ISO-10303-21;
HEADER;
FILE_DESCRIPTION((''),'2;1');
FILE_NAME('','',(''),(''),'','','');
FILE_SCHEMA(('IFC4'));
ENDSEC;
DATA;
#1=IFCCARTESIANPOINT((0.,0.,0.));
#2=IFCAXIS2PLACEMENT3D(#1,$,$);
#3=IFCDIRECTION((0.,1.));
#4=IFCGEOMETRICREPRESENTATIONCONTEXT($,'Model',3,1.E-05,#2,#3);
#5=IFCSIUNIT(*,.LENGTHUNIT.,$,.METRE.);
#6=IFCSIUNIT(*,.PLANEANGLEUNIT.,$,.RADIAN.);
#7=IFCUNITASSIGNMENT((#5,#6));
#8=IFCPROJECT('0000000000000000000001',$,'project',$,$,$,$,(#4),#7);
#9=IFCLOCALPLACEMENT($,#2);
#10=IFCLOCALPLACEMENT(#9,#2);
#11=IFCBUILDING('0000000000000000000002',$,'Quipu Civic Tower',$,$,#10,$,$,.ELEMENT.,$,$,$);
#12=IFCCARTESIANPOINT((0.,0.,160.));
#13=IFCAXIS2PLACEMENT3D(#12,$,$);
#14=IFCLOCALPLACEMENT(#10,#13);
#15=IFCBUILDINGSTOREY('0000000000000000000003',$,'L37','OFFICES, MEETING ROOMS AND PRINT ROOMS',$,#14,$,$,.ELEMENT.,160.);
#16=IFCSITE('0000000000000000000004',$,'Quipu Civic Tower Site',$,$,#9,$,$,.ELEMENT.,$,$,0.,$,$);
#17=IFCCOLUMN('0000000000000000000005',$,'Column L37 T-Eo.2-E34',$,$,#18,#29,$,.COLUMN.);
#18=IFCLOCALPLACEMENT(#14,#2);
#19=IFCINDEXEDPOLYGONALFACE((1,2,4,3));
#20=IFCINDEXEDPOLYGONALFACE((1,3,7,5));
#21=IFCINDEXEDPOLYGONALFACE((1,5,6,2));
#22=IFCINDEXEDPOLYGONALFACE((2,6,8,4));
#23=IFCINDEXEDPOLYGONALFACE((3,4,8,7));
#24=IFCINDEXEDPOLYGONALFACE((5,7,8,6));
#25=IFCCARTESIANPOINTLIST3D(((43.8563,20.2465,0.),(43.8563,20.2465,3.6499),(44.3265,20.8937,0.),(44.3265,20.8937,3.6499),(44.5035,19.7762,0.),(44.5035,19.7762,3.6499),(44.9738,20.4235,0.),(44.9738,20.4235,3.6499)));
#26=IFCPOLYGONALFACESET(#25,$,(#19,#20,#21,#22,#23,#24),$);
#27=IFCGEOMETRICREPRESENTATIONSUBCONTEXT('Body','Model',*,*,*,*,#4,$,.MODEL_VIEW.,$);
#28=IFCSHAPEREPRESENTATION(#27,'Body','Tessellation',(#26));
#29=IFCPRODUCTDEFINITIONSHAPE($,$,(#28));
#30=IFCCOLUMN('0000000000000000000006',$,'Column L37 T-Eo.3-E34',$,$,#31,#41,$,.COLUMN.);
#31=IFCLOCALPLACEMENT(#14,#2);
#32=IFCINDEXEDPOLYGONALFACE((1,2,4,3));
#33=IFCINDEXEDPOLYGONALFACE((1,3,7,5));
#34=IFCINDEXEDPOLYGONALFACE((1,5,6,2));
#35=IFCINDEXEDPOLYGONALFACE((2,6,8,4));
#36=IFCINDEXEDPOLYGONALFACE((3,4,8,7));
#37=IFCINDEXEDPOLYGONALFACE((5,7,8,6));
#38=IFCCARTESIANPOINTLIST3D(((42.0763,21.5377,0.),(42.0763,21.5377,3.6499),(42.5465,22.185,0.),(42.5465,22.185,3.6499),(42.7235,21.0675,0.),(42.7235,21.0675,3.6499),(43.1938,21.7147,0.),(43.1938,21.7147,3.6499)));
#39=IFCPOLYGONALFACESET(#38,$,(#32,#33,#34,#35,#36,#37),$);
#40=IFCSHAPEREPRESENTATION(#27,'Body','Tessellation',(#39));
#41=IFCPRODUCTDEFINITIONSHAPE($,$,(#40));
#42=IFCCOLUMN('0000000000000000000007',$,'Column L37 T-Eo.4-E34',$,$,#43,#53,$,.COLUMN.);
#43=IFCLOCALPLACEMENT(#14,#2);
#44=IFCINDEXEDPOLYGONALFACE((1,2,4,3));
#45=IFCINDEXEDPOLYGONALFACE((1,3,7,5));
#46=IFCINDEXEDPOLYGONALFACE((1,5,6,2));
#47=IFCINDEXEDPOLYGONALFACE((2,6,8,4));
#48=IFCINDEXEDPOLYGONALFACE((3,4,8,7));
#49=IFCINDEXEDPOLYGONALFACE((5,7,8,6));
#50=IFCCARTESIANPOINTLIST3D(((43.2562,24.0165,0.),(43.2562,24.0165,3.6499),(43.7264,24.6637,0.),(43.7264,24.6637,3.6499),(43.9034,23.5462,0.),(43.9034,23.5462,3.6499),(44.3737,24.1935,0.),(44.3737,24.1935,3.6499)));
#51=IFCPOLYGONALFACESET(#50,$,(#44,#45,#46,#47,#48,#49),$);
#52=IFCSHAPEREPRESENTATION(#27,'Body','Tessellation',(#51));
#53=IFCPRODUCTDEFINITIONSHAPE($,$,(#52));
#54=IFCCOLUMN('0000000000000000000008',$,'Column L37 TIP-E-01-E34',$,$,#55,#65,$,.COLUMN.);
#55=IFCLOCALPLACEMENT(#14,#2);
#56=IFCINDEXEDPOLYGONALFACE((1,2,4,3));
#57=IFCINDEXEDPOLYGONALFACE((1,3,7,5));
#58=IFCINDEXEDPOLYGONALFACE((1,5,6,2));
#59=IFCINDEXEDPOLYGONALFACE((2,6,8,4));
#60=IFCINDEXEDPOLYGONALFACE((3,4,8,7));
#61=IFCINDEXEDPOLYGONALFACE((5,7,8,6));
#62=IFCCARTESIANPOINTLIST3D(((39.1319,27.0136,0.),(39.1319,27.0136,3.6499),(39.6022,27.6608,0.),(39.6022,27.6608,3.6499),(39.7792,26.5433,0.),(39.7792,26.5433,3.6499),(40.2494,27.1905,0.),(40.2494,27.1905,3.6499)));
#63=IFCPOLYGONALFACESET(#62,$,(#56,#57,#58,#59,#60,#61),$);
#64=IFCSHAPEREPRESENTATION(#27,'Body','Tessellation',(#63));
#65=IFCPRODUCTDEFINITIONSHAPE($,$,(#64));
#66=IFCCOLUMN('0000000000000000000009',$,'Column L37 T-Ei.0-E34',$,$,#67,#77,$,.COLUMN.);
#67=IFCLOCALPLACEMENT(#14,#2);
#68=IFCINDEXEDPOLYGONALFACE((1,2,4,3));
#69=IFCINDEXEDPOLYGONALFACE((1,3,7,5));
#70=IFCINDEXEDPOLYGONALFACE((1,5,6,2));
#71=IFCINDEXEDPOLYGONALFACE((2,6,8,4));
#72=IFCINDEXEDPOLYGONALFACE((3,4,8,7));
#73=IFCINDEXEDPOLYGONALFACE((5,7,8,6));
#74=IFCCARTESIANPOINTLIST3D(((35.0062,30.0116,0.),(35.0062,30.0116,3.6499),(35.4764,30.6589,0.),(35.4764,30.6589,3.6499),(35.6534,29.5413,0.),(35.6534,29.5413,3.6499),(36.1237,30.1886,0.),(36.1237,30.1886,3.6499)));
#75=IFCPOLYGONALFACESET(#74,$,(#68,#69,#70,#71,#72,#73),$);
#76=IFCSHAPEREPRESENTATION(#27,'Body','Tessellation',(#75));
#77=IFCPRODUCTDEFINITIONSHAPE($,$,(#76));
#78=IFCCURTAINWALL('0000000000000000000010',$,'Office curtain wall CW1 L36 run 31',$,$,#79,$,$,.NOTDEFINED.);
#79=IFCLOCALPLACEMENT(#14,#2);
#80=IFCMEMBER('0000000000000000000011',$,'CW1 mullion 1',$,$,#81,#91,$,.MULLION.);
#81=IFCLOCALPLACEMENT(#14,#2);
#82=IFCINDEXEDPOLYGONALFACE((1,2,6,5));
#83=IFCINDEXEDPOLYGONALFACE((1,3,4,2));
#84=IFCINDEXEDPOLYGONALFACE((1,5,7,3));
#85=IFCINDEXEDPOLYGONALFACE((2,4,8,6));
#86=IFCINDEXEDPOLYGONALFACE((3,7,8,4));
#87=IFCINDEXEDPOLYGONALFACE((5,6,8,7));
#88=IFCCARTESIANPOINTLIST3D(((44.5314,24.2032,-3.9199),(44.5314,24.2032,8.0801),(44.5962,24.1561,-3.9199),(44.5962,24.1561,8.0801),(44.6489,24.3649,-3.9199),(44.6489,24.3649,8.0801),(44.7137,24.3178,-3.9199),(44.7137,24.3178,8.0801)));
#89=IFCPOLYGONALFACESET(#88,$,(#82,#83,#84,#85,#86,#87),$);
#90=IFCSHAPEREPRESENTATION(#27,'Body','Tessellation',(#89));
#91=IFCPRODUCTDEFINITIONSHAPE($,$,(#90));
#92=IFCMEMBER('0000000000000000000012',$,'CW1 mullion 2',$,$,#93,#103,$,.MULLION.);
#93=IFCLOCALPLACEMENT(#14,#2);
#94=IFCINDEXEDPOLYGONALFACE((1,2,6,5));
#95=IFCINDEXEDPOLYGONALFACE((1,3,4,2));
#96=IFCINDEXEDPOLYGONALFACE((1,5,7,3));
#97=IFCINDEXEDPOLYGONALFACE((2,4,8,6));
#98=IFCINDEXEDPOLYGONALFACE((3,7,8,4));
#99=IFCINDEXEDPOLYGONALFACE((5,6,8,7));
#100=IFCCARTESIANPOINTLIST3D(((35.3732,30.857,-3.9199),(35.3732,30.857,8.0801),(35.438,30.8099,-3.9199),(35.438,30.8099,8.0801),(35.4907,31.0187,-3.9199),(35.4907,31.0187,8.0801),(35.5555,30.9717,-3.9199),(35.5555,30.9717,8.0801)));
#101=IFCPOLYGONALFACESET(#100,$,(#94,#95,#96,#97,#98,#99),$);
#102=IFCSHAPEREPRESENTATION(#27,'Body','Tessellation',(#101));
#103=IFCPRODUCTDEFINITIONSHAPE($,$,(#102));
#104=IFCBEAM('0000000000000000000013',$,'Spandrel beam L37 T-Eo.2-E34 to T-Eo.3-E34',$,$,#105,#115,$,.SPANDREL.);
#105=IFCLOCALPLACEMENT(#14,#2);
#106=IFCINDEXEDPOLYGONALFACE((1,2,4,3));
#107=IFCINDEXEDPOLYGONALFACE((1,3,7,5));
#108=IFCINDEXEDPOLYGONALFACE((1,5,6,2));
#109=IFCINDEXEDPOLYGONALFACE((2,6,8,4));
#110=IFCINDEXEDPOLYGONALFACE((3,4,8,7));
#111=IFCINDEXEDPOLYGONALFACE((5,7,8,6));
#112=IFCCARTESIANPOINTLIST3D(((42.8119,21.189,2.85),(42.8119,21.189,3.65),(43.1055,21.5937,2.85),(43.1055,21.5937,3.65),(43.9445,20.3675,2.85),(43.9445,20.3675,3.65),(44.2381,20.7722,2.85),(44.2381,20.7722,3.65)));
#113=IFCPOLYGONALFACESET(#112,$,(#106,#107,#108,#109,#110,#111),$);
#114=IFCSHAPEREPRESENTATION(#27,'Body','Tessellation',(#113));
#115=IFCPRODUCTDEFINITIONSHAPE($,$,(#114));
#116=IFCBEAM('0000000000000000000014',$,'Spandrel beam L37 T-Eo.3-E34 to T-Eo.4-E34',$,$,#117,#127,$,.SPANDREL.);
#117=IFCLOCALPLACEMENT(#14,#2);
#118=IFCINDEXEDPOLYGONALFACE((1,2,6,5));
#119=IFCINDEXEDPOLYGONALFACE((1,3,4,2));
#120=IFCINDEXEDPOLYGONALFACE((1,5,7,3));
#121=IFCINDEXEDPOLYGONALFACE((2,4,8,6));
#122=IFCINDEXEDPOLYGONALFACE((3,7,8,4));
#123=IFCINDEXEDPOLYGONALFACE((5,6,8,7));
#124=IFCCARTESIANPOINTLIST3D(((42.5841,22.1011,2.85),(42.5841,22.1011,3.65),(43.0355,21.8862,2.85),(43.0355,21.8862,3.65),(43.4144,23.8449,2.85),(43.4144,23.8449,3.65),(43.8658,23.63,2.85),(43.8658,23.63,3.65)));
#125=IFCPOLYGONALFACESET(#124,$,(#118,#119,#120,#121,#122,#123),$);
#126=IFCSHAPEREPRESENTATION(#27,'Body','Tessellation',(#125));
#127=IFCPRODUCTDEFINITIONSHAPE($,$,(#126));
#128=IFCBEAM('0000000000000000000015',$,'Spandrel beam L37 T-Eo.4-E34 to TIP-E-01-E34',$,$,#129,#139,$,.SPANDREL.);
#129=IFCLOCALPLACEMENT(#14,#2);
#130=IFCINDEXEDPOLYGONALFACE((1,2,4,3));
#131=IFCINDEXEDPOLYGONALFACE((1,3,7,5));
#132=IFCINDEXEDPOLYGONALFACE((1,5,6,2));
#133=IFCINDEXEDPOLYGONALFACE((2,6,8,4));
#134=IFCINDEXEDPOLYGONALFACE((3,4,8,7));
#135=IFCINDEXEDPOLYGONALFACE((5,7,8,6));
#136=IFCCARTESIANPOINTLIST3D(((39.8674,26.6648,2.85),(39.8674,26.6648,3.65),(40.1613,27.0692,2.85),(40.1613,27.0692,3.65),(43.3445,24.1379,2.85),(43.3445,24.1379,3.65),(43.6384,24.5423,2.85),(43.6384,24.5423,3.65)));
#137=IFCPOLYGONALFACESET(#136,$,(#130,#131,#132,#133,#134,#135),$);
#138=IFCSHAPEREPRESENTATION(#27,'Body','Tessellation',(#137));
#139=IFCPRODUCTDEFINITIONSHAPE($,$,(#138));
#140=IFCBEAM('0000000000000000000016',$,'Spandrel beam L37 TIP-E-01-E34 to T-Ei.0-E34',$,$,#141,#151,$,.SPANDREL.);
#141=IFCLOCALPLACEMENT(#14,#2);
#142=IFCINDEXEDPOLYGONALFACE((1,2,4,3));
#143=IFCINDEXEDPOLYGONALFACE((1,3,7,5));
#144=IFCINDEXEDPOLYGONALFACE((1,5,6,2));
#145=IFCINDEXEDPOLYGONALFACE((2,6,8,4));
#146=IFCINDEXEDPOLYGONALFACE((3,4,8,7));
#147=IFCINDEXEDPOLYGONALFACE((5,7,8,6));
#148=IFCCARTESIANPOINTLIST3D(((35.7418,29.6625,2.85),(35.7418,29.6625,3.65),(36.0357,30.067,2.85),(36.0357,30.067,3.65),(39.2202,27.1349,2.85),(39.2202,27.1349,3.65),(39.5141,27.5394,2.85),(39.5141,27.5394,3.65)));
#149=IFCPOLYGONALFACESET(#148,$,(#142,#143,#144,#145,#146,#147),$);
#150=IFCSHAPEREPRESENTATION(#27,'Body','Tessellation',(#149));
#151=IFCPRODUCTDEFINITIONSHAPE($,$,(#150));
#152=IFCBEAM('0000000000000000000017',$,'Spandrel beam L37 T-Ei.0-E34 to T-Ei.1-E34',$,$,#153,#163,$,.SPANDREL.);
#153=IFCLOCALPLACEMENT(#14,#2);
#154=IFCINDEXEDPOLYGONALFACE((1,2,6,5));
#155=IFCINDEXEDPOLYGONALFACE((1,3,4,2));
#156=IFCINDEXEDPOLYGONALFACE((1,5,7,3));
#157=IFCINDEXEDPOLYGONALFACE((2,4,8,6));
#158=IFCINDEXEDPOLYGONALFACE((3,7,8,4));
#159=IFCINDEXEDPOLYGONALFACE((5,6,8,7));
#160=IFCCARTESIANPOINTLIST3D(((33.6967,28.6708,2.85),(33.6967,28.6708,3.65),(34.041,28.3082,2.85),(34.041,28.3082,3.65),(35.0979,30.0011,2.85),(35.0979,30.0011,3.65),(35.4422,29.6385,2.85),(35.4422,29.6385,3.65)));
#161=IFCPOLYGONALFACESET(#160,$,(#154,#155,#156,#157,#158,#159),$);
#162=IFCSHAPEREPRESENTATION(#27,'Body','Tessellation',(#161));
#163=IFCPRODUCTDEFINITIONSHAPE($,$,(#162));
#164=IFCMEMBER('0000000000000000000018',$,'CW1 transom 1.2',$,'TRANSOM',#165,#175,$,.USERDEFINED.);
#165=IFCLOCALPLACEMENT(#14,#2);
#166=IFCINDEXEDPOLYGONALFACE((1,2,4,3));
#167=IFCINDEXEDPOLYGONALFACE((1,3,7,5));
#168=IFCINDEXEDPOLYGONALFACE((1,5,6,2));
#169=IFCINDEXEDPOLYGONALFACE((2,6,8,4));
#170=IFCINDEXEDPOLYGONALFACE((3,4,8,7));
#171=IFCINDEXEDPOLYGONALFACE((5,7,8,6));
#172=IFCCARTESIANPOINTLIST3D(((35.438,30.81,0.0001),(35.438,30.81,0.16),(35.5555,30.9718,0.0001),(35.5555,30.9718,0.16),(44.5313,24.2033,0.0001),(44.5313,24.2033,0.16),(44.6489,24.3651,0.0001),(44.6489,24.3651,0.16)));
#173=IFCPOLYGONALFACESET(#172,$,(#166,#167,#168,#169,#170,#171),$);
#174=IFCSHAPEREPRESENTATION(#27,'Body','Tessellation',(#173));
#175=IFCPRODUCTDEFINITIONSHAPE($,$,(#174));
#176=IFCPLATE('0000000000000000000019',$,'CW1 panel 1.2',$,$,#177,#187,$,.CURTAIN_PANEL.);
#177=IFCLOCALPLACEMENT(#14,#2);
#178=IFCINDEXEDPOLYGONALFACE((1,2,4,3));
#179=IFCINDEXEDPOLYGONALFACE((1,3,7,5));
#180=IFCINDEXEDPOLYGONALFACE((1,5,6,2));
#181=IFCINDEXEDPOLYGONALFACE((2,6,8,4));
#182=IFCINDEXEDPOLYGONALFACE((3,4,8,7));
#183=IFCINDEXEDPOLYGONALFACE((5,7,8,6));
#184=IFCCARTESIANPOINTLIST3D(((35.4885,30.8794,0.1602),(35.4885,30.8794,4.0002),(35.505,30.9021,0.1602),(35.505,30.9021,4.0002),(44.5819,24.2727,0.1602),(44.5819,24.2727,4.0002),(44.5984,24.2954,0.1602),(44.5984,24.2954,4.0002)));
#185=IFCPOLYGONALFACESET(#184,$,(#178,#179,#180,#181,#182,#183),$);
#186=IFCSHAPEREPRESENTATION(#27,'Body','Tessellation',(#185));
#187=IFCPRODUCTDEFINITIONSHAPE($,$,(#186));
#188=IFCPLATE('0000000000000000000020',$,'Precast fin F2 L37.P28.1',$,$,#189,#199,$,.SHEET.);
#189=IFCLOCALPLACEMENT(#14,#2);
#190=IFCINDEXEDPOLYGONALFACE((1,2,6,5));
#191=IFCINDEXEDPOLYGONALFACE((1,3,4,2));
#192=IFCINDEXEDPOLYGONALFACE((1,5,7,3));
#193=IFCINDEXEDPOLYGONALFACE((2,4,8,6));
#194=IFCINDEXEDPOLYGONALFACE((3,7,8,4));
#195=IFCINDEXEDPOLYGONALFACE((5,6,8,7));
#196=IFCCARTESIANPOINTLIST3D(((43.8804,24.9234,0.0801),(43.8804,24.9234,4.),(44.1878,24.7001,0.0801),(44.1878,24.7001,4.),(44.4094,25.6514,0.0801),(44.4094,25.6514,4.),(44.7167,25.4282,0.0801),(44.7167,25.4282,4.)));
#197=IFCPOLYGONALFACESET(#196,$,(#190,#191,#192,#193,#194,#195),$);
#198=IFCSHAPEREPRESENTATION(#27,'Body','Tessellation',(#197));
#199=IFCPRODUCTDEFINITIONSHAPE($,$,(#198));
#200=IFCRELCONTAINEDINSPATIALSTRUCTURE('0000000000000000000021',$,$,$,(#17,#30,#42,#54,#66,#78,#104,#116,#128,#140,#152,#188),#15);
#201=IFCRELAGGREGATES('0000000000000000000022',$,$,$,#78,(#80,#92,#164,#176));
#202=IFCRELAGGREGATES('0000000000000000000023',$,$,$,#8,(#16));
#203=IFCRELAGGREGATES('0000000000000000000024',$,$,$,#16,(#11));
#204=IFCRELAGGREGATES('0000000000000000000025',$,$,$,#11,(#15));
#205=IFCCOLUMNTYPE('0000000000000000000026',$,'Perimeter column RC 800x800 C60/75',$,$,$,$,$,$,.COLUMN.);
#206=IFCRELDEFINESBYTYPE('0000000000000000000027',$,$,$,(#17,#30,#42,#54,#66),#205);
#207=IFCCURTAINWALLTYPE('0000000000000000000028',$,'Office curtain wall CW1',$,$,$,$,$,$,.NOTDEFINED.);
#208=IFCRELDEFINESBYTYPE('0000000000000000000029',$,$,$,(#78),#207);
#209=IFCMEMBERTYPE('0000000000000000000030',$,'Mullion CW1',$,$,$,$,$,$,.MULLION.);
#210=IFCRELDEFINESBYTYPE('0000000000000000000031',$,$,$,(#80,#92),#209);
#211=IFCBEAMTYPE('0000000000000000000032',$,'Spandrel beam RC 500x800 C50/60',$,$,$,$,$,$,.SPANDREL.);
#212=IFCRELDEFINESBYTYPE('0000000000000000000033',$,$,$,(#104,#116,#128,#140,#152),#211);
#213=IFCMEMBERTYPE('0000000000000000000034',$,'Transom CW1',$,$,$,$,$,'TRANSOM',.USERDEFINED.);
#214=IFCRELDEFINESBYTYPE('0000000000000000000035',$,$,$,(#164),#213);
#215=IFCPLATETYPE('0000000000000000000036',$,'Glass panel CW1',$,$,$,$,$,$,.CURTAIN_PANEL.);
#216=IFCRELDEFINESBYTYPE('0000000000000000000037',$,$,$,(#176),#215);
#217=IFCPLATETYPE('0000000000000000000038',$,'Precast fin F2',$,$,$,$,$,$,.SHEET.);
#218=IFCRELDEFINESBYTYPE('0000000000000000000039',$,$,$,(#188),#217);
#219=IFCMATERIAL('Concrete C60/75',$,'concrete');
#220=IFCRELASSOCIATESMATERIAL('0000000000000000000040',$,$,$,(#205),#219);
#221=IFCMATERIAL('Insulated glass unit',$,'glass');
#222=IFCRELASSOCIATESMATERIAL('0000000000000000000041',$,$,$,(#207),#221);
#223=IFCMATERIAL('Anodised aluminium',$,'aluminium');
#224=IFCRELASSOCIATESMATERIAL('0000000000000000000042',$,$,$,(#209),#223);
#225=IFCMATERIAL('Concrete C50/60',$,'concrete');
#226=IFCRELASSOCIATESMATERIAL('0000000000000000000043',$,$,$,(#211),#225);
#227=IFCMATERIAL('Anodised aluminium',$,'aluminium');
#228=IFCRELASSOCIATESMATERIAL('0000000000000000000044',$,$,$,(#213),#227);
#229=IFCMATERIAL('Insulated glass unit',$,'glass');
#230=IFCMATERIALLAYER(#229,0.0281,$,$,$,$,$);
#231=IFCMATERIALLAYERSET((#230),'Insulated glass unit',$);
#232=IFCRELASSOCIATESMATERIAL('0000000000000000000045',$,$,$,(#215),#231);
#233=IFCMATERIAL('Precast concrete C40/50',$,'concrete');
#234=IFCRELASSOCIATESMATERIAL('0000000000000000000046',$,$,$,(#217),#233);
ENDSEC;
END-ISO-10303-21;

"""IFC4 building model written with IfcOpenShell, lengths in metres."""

from ifc_helpers import new_model, si_unit, direction, frame, origin, origin_2d, place, context, subcontext, project, spatial, rectangle, extrude, material, layer, layer_set, material_profile, profile_set, type_object, element, aggregate, save


model = new_model("IFC4")

# Units and contexts
model_context = context("Model", 3, precision=1e-05, world=origin(), true_north=direction((0.0, 1.0)))
body_context = subcontext(model_context, "Body", "Model", "MODEL_VIEW")
ifc_project = project(units=[si_unit("LENGTHUNIT", "METRE"), si_unit("PLANEANGLEUNIT", "RADIAN")], contexts=[model_context])

# Site, building, storey
site_placement = place(None, origin())
site = spatial("IfcSite", under=ifc_project, at=site_placement, Name="Quipu Civic Tower Site", CompositionType="ELEMENT", RefElevation=0.0)
building_placement = place(site_placement, origin())
building = spatial("IfcBuilding", under=site, at=building_placement, Name="Quipu Civic Tower", CompositionType="ELEMENT")
storey_placement = place(building_placement, frame((0.0, 0.0, 160.0)))
storey = spatial("IfcBuildingStorey", under=building, at=storey_placement, Name="L37", Description="OFFICES, MEETING ROOMS AND PRINT ROOMS", CompositionType="ELEMENT", Elevation=160.0)

# Columns
ifc_material_1 = material(Name="Concrete C60/75", Category="concrete")
ifc_material_profile_1 = material_profile(ifc_material_1, rectangle(XDim=0.8, YDim=0.8, at=origin_2d()), Name="RC800x800")
ifc_profile_set_1 = profile_set([ifc_material_profile_1], Name="Concrete C60/75")
column_type = type_object("IfcColumnType", Name="Perimeter column RC 800x800 C60/75", PredefinedType="COLUMN", material=ifc_profile_set_1)
for number, where, z_axis, x_axis, name in (
    (1, (44.415, 20.335, 0.0), (0.0, 0.0, 1.0), (0.587785, 0.809017, 0.0), "Column L37 T-Eo.2-E34"),
    (2, (42.635, 21.6262, 0.0), (0.0, 0.0, 1.0), (-0.809017, 0.587785, 0.0), "Column L37 T-Eo.3-E34"),
    (3, (43.8149, 24.105, 0.0), (0.0, 0.0, 1.0), (-0.809017, 0.587785, 0.0), "Column L37 T-Eo.4-E34"),
    (4, (39.6907, 27.1021, 0.0), (0.0, 0.0, 1.0), (-0.809017, 0.587785, 0.0), "Column L37 TIP-E-01-E34"),
    (5, (35.5649, 30.1001, 0.0), (0.0, 0.0, 1.0), (-0.587785, -0.809017, 0.0), "Column L37 T-Ei.0-E34"),
):
    element("IfcColumn", number, at=place(storey_placement, frame(where, z_axis=z_axis, x_axis=x_axis)), inside=storey, type_object=column_type, Name=name, PredefinedType="COLUMN", context=body_context, shape_type="SweptSolid", body=[
        extrude(rectangle(XDim=0.8, YDim=0.8, at=origin_2d()), origin(), (0.0, 0.0, 1.0), 3.6499),
    ])

# Curtain wall, members
ifc_material_2 = material(Name="Insulated glass unit", Category="glass")
curtain_wall_type = type_object("IfcCurtainWallType", Name="Office curtain wall CW1", PredefinedType="NOTDEFINED", material=ifc_material_2)
curtain_wall_placement = place(storey_placement, origin())
curtain_wall = element("IfcCurtainWall", 6, at=curtain_wall_placement, inside=storey, type_object=curtain_wall_type, Name="Office curtain wall CW1 L36 run 31", PredefinedType="NOTDEFINED")
ifc_material_3 = material(Name="Anodised aluminium", Category="aluminium")
ifc_material_profile_2 = material_profile(ifc_material_3, rectangle(XDim=0.2, YDim=0.0801, at=origin_2d()), Name="RECT 200x80")
ifc_profile_set_2 = profile_set([ifc_material_profile_2], Name="Anodised aluminium")
member_type_1 = type_object("IfcMemberType", Name="Mullion CW1", PredefinedType="MULLION", material=ifc_profile_set_2)
member_1_placement = place(storey_placement, frame((44.6226, 24.2605, -3.9199), z_axis=(0.0, 0.0, 1.0), x_axis=(-0.587788, -0.809015, 0.0)))
member_1 = element("IfcMember", 7, at=member_1_placement, type_object=member_type_1, Name="CW1 mullion 1", PredefinedType="MULLION", context=body_context, shape_type="SweptSolid", body=[
    extrude(rectangle(XDim=0.2, YDim=0.0801, at=origin_2d()), origin(), (0.0, 0.0, 1.0), 12.0),
])
member_2_placement = place(storey_placement, frame((35.4644, 30.9143, -3.9199), z_axis=(0.0, 0.0, 1.0), x_axis=(-0.587788, -0.809015, 0.0)))
member_2 = element("IfcMember", 8, at=member_2_placement, type_object=member_type_1, Name="CW1 mullion 2", PredefinedType="MULLION", context=body_context, shape_type="SweptSolid", body=[
    extrude(rectangle(XDim=0.2, YDim=0.0801, at=origin_2d()), origin(), (0.0, 0.0, 1.0), 12.0),
])

# Beams
ifc_material_4 = material(Name="Concrete C50/60", Category="concrete")
ifc_material_profile_3 = material_profile(ifc_material_4, rectangle(XDim=0.5, YDim=0.8, at=origin_2d()), Name="RC500x800")
ifc_profile_set_3 = profile_set([ifc_material_profile_3], Name="Concrete C50/60")
beam_type = type_object("IfcBeamType", Name="Spandrel beam RC 500x800 C50/60", PredefinedType="SPANDREL", material=ifc_profile_set_3)
beam_1_placement = place(storey_placement, frame((44.0913, 20.5698, 3.25), z_axis=(-0.809467, 0.587165, 0.0), x_axis=(-0.587165, -0.809467, 0.0)))
element("IfcBeam", 9, at=beam_1_placement, inside=storey, type_object=beam_type, Name="Spandrel beam L37 T-Eo.2-E34 to T-Eo.3-E34", PredefinedType="SPANDREL", context=body_context, shape_type="SweptSolid", body=[
    extrude(rectangle(XDim=0.5, YDim=0.8, at=origin_2d()), origin(), (0.0, 0.0, 1.0), 1.3992),
])
beam_2_placement = place(storey_placement, frame((42.8098, 21.9937, 3.25), z_axis=(0.429889, 0.902882, 0.0), x_axis=(-0.902882, 0.429889, 0.0)))
element("IfcBeam", 10, at=beam_2_placement, inside=storey, type_object=beam_type, Name="Spandrel beam L37 T-Eo.3-E34 to T-Eo.4-E34", PredefinedType="SPANDREL", context=body_context, shape_type="SweptSolid", body=[
    extrude(rectangle(XDim=0.5, YDim=0.8, at=origin_2d()), origin(), (0.0, 0.0, 1.0), 1.9314),
])
beam_3_placement = place(storey_placement, frame((43.4915, 24.3401, 3.25), z_axis=(-0.808947, 0.587881, 0.0), x_axis=(-0.587881, -0.808947, 0.0)))
element("IfcBeam", 11, at=beam_3_placement, inside=storey, type_object=beam_type, Name="Spandrel beam L37 T-Eo.4-E34 to TIP-E-01-E34", PredefinedType="SPANDREL", context=body_context, shape_type="SweptSolid", body=[
    extrude(rectangle(XDim=0.5, YDim=0.8, at=origin_2d()), origin(), (0.0, 0.0, 1.0), 4.2983),
])
beam_4_placement = place(storey_placement, frame((39.3672, 27.3372, 3.25), z_axis=(-0.808984, 0.587831, 0.0), x_axis=(-0.587831, -0.808984, 0.0)))
element("IfcBeam", 12, at=beam_4_placement, inside=storey, type_object=beam_type, Name="Spandrel beam L37 TIP-E-01-E34 to T-Ei.0-E34", PredefinedType="SPANDREL", context=body_context, shape_type="SweptSolid", body=[
    extrude(rectangle(XDim=0.5, YDim=0.8, at=origin_2d()), origin(), (0.0, 0.0, 1.0), 4.2998),
])
beam_5_placement = place(storey_placement, frame((35.27, 29.8198, 3.25), z_axis=(-0.725192, -0.688547, 0.0), x_axis=(0.688547, -0.725192, 0.0)))
element("IfcBeam", 13, at=beam_5_placement, inside=storey, type_object=beam_type, Name="Spandrel beam L37 T-Ei.0-E34 to T-Ei.1-E34", PredefinedType="SPANDREL", context=body_context, shape_type="SweptSolid", body=[
    extrude(rectangle(XDim=0.5, YDim=0.8, at=origin_2d()), origin(), (0.0, 0.0, 1.0), 1.9321),
])

# Member
ifc_material_5 = material(Name="Anodised aluminium", Category="aluminium")
ifc_material_profile_4 = material_profile(ifc_material_5, rectangle(XDim=0.2, YDim=0.1599, at=origin_2d()), Name="RECT 200x160")
ifc_profile_set_4 = profile_set([ifc_material_profile_4], Name="Anodised aluminium")
member_type_2 = type_object("IfcMemberType", Name="Transom CW1", ElementType="TRANSOM", PredefinedType="USERDEFINED", material=ifc_profile_set_4)
member_3_placement = place(storey_placement, frame((44.5901, 24.2842, 0.0801), z_axis=(-0.809015, 0.587788, 0.0), x_axis=(-0.587788, -0.809015, 0.0)))
member_3 = element("IfcMember", 14, at=member_3_placement, type_object=member_type_2, Name="CW1 transom 1.2", ObjectType="TRANSOM", PredefinedType="USERDEFINED", context=body_context, shape_type="SweptSolid", body=[
    extrude(rectangle(XDim=0.2, YDim=0.1599, at=origin_2d()), origin(), (0.0, 0.0, 1.0), 11.24),
])

# Plate
ifc_material_6 = material(Name="Insulated glass unit", Category="glass")
ifc_layer_1 = layer(ifc_material_6, 0.0281)
ifc_layer_set_1 = layer_set([ifc_layer_1], Name="Insulated glass unit")
plate_type_1 = type_object("IfcPlateType", Name="Glass panel CW1", PredefinedType="CURTAIN_PANEL", material=ifc_layer_set_1)
plate_placement = place(storey_placement, frame((40.0435, 27.5874, 0.1602), z_axis=(0.0, 0.0, 1.0), x_axis=(-0.809015, 0.587788, 0.0)))
plate = element("IfcPlate", 15, at=plate_placement, type_object=plate_type_1, Name="CW1 panel 1.2", PredefinedType="CURTAIN_PANEL", context=body_context, shape_type="SweptSolid", body=[
    extrude(rectangle(XDim=11.24, YDim=0.0281, at=origin_2d()), origin(), (0.0, 0.0, 1.0), 3.8401),
])
aggregate(curtain_wall, [member_1, member_2, member_3, plate])

# Plate
ifc_material_7 = material(Name="Precast concrete C40/50", Category="concrete")
plate_type_2 = type_object("IfcPlateType", Name="Precast fin F2", PredefinedType="SHEET", material=ifc_material_7)
for number, where, z_axis, x_axis, name in (
    (16, (44.2986, 25.1758, 0.0801), (0.0, 0.0, 1.0), (-0.809017, 0.587785, 0.0), "Precast fin F2 L37.P28.1"),
):
    element("IfcPlate", number, at=place(storey_placement, frame(where, z_axis=z_axis, x_axis=x_axis)), inside=storey, type_object=plate_type_2, Name=name, PredefinedType="SHEET", context=body_context, shape_type="SweptSolid", body=[
        extrude(rectangle(XDim=0.3799, YDim=0.8999, at=origin_2d()), origin(), (0.0, 0.0, 1.0), 3.9199),
    ])

save(model, "model.ifc")
